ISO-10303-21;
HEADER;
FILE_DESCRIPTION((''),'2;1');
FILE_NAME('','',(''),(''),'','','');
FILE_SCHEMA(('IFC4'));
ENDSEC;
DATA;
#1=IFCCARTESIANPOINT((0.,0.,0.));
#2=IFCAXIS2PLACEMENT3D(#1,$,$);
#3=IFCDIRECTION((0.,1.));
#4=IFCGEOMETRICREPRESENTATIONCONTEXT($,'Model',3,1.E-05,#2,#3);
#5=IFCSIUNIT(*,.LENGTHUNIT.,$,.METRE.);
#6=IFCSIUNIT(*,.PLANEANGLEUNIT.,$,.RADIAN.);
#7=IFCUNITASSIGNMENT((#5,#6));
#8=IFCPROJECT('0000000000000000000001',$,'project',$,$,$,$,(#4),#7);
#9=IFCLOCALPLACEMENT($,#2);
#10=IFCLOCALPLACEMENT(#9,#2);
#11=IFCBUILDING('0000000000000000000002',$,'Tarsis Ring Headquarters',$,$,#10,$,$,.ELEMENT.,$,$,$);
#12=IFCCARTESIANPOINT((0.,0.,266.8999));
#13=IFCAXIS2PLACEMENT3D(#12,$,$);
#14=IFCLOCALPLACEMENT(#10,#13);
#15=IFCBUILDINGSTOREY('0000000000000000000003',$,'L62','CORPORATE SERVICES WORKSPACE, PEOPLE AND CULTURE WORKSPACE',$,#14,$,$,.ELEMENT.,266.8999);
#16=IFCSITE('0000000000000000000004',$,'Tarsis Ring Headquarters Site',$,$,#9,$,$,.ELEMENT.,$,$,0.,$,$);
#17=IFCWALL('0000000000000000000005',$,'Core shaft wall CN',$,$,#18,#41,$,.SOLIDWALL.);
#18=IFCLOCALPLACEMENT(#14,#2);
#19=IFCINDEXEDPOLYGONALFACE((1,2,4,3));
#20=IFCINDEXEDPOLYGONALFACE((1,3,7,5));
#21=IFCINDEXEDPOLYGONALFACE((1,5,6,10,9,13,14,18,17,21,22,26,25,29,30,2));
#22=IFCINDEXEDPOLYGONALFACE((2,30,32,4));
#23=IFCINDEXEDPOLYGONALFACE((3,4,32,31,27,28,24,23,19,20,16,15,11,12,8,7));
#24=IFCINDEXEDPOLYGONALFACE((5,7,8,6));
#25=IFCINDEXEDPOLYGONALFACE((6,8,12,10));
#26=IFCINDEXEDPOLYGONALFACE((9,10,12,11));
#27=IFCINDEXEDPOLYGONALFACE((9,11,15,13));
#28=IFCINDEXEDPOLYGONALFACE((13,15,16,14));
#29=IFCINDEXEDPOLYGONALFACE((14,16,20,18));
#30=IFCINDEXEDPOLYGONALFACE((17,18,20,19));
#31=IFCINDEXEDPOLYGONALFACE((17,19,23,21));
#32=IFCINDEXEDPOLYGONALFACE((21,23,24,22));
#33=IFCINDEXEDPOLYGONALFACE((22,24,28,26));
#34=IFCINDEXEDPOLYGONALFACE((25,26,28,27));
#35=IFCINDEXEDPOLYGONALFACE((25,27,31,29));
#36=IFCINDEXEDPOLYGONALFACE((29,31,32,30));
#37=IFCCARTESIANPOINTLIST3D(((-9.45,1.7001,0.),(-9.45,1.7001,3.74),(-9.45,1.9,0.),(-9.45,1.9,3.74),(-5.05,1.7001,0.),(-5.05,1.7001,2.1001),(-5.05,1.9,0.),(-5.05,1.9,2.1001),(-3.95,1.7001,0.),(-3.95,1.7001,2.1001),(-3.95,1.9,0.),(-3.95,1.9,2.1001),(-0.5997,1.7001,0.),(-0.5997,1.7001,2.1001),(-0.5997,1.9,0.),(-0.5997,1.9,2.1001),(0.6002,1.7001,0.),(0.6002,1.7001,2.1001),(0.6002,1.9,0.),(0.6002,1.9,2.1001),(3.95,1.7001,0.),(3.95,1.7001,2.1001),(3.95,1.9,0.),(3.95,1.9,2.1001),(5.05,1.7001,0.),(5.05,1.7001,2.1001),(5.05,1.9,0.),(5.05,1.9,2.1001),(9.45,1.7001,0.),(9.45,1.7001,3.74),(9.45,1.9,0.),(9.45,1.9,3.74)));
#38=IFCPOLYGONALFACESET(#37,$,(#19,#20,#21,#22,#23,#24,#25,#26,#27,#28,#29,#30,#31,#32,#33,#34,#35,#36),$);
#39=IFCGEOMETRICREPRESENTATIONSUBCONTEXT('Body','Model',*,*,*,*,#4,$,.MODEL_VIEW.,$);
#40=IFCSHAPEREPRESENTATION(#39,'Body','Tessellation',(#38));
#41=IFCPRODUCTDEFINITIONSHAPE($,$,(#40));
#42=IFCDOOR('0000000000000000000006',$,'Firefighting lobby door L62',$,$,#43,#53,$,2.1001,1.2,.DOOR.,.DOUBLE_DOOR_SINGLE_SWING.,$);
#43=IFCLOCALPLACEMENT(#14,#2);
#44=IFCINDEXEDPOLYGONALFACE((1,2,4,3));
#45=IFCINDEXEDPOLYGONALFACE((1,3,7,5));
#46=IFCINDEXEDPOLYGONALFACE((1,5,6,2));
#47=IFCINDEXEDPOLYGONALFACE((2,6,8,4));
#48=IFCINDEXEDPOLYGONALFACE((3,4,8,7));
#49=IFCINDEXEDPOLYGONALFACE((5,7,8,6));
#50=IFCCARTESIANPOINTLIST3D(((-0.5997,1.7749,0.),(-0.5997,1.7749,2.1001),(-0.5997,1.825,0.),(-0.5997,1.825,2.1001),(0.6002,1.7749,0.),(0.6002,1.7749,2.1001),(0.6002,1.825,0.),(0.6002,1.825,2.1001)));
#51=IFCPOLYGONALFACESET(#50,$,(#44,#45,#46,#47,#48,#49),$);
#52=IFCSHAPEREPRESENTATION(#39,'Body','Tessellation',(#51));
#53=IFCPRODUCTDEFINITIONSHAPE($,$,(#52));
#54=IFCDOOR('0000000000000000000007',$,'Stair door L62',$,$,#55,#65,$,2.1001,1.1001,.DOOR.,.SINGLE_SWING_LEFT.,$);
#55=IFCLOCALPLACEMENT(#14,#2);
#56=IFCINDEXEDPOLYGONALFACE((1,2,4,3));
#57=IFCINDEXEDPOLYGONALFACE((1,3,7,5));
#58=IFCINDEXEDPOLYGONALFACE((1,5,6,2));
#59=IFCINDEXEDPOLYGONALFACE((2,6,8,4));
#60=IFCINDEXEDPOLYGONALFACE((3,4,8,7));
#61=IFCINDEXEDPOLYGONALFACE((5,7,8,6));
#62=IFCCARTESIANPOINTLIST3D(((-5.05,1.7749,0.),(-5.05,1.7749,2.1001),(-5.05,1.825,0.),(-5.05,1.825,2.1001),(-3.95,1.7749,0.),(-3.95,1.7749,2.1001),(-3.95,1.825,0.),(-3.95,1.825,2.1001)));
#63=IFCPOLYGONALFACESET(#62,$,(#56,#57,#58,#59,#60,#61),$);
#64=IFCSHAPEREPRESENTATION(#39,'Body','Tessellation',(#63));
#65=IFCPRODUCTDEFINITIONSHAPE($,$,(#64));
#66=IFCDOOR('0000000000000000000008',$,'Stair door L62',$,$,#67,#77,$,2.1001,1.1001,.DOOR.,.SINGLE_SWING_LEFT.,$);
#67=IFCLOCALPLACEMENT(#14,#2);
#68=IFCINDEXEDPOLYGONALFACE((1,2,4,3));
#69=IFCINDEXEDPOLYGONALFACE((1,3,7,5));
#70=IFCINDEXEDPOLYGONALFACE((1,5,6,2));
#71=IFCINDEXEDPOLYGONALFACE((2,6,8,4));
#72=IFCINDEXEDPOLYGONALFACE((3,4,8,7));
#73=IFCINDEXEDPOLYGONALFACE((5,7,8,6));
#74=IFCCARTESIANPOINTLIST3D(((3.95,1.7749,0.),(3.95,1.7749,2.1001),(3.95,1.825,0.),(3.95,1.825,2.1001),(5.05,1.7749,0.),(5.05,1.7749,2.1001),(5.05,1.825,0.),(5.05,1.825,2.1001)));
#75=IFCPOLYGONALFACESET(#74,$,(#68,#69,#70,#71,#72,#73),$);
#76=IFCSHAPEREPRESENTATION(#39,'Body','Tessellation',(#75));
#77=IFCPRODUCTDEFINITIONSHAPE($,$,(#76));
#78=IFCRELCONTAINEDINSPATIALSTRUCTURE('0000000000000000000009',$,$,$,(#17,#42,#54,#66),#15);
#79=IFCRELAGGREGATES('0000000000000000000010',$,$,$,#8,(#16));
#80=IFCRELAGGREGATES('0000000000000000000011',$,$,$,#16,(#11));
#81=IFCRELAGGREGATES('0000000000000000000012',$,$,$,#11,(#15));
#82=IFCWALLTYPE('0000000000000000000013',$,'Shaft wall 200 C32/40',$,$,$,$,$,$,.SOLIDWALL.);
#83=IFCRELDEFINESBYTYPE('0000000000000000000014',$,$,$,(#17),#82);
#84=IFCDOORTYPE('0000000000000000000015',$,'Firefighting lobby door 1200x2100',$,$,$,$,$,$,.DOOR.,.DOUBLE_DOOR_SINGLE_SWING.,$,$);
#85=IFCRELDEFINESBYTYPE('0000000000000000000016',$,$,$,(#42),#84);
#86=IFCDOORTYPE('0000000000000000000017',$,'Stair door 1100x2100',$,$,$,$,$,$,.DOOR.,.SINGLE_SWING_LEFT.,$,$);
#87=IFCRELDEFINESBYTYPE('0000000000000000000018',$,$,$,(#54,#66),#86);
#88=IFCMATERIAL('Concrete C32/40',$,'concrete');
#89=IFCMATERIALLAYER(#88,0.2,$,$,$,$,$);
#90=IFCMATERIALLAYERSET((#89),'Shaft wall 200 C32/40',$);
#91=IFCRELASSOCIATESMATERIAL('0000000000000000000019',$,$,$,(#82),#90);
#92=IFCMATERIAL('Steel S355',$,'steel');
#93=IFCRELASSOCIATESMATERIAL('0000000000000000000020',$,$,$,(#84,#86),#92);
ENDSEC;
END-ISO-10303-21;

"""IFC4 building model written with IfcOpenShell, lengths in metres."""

from ifc_helpers import new_model, si_unit, direction, frame, frame_2d, origin, place, context, subcontext, project, spatial, rectangle, extrude, material, layer, layer_set, type_object, element, fill, save


model = new_model("IFC4")

# Units and contexts
model_context = context("Model", 3, precision=1e-05, world=origin(), true_north=direction((0.0, 1.0)))
body_context = subcontext(model_context, "Body", "Model", "MODEL_VIEW")
ifc_project = project(units=[si_unit("LENGTHUNIT", "METRE"), si_unit("PLANEANGLEUNIT", "RADIAN")], contexts=[model_context])

# Site, building, storey
site_placement = place(None, origin())
site = spatial("IfcSite", under=ifc_project, at=site_placement, Name="Tarsis Ring Headquarters Site", CompositionType="ELEMENT", RefElevation=0.0)
building_placement = place(site_placement, origin())
building = spatial("IfcBuilding", under=site, at=building_placement, Name="Tarsis Ring Headquarters", CompositionType="ELEMENT")
storey_placement = place(building_placement, frame((0.0, 0.0, 266.8999)))
storey = spatial("IfcBuildingStorey", under=building, at=storey_placement, Name="L62", Description="CORPORATE SERVICES WORKSPACE, PEOPLE AND CULTURE WORKSPACE", CompositionType="ELEMENT", Elevation=266.8999)

# Wall, openings, doors
ifc_material_1 = material(Name="Concrete C32/40", Category="concrete")
ifc_layer_1 = layer(ifc_material_1, 0.2)
ifc_layer_set_1 = layer_set([ifc_layer_1], Name="Shaft wall 200 C32/40")
wall_type_1 = type_object("IfcWallType", Name="Shaft wall 200 C32/40", PredefinedType="SOLIDWALL", material=ifc_layer_set_1)
wall_1_placement = place(storey_placement, frame((-9.45, 1.8, 0.0), z_axis=(0.0, 0.0, 1.0), x_axis=(1.0, 0.0, 0.0)))
wall_1 = element("IfcWall", 1, at=wall_1_placement, inside=storey, type_object=wall_type_1, Name="Core shaft wall CN", PredefinedType="SOLIDWALL", context=body_context, shape_type="SweptSolid", body=[
    extrude(rectangle(XDim=18.8999, YDim=0.2, at=frame_2d((9.45, 0.0))), origin(), (0.0, 0.0, 1.0), 3.74),
])
opening_1_placement = place(wall_1_placement, frame((4.3999, 0.0, 0.0)))
opening_1 = element("IfcOpeningElement", 2, at=opening_1_placement, cuts=wall_1, PredefinedType="OPENING", context=body_context, shape_type="SweptSolid", body=[
    extrude(rectangle(XDim=1.1001, YDim=2.1001, at=frame_2d((0.55, 1.05))), frame((0.0, 0.1099, 0.0), z_axis=(0.0, -1.0, 0.0), x_axis=(1.0, 0.0, 0.0)), (0.0, 0.0, 1.0), 0.22),
])
opening_2_placement = place(wall_1_placement, frame((8.8501, 0.0, 0.0)))
opening_2 = element("IfcOpeningElement", 3, at=opening_2_placement, cuts=wall_1, PredefinedType="OPENING", context=body_context, shape_type="SweptSolid", body=[
    extrude(rectangle(XDim=1.2, YDim=2.1001, at=frame_2d((0.6001, 1.05))), frame((0.0, 0.1099, 0.0), z_axis=(0.0, -1.0, 0.0), x_axis=(1.0, 0.0, 0.0)), (0.0, 0.0, 1.0), 0.22),
])
opening_3_placement = place(wall_1_placement, frame((13.3999, 0.0, 0.0)))
opening_3 = element("IfcOpeningElement", 4, at=opening_3_placement, cuts=wall_1, PredefinedType="OPENING", context=body_context, shape_type="SweptSolid", body=[
    extrude(rectangle(XDim=1.1001, YDim=2.1001, at=frame_2d((0.55, 1.05))), frame((0.0, 0.1099, 0.0), z_axis=(0.0, -1.0, 0.0), x_axis=(1.0, 0.0, 0.0)), (0.0, 0.0, 1.0), 0.22),
])
ifc_material_2 = material(Name="Steel S355", Category="steel")
door_type_1 = type_object("IfcDoorType", Name="Firefighting lobby door 1200x2100", OperationType="DOUBLE_DOOR_SINGLE_SWING", PredefinedType="DOOR", material=ifc_material_2)
door_1_placement = place(opening_2_placement, origin())
door_1 = element("IfcDoor", 5, at=door_1_placement, inside=storey, type_object=door_type_1, Name="Firefighting lobby door L62", OperationType="DOUBLE_DOOR_SINGLE_SWING", OverallHeight=2.1001, OverallWidth=1.2, PredefinedType="DOOR", context=body_context, shape_type="SweptSolid", body=[
    extrude(rectangle(XDim=1.2, YDim=2.1001, at=frame_2d((0.6001, 1.05))), frame((0.0, 0.0249, 0.0), z_axis=(0.0, -1.0, 0.0), x_axis=(1.0, 0.0, 0.0)), (0.0, 0.0, 1.0), 0.05),
])
fill(opening_2, door_1)
door_type_2 = type_object("IfcDoorType", Name="Stair door 1100x2100", OperationType="SINGLE_SWING_LEFT", PredefinedType="DOOR", material=ifc_material_2)
door_2_placement = place(opening_1_placement, origin())
door_2 = element("IfcDoor", 6, at=door_2_placement, inside=storey, type_object=door_type_2, Name="Stair door L62", OperationType="SINGLE_SWING_LEFT", OverallHeight=2.1001, OverallWidth=1.1001, PredefinedType="DOOR", context=body_context, shape_type="SweptSolid", body=[
    extrude(rectangle(XDim=1.1001, YDim=2.1001, at=frame_2d((0.55, 1.05))), frame((0.0, 0.0249, 0.0), z_axis=(0.0, -1.0, 0.0), x_axis=(1.0, 0.0, 0.0)), (0.0, 0.0, 1.0), 0.05),
])
fill(opening_1, door_2)
door_3_placement = place(opening_3_placement, origin())
door_3 = element("IfcDoor", 7, at=door_3_placement, inside=storey, type_object=door_type_2, Name="Stair door L62", OperationType="SINGLE_SWING_LEFT", OverallHeight=2.1001, OverallWidth=1.1001, PredefinedType="DOOR", context=body_context, shape_type="SweptSolid", body=[
    extrude(rectangle(XDim=1.1001, YDim=2.1001, at=frame_2d((0.55, 1.05))), frame((0.0, 0.0249, 0.0), z_axis=(0.0, -1.0, 0.0), x_axis=(1.0, 0.0, 0.0)), (0.0, 0.0, 1.0), 0.05),
])
fill(opening_3, door_3)

save(model, "model.ifc")
